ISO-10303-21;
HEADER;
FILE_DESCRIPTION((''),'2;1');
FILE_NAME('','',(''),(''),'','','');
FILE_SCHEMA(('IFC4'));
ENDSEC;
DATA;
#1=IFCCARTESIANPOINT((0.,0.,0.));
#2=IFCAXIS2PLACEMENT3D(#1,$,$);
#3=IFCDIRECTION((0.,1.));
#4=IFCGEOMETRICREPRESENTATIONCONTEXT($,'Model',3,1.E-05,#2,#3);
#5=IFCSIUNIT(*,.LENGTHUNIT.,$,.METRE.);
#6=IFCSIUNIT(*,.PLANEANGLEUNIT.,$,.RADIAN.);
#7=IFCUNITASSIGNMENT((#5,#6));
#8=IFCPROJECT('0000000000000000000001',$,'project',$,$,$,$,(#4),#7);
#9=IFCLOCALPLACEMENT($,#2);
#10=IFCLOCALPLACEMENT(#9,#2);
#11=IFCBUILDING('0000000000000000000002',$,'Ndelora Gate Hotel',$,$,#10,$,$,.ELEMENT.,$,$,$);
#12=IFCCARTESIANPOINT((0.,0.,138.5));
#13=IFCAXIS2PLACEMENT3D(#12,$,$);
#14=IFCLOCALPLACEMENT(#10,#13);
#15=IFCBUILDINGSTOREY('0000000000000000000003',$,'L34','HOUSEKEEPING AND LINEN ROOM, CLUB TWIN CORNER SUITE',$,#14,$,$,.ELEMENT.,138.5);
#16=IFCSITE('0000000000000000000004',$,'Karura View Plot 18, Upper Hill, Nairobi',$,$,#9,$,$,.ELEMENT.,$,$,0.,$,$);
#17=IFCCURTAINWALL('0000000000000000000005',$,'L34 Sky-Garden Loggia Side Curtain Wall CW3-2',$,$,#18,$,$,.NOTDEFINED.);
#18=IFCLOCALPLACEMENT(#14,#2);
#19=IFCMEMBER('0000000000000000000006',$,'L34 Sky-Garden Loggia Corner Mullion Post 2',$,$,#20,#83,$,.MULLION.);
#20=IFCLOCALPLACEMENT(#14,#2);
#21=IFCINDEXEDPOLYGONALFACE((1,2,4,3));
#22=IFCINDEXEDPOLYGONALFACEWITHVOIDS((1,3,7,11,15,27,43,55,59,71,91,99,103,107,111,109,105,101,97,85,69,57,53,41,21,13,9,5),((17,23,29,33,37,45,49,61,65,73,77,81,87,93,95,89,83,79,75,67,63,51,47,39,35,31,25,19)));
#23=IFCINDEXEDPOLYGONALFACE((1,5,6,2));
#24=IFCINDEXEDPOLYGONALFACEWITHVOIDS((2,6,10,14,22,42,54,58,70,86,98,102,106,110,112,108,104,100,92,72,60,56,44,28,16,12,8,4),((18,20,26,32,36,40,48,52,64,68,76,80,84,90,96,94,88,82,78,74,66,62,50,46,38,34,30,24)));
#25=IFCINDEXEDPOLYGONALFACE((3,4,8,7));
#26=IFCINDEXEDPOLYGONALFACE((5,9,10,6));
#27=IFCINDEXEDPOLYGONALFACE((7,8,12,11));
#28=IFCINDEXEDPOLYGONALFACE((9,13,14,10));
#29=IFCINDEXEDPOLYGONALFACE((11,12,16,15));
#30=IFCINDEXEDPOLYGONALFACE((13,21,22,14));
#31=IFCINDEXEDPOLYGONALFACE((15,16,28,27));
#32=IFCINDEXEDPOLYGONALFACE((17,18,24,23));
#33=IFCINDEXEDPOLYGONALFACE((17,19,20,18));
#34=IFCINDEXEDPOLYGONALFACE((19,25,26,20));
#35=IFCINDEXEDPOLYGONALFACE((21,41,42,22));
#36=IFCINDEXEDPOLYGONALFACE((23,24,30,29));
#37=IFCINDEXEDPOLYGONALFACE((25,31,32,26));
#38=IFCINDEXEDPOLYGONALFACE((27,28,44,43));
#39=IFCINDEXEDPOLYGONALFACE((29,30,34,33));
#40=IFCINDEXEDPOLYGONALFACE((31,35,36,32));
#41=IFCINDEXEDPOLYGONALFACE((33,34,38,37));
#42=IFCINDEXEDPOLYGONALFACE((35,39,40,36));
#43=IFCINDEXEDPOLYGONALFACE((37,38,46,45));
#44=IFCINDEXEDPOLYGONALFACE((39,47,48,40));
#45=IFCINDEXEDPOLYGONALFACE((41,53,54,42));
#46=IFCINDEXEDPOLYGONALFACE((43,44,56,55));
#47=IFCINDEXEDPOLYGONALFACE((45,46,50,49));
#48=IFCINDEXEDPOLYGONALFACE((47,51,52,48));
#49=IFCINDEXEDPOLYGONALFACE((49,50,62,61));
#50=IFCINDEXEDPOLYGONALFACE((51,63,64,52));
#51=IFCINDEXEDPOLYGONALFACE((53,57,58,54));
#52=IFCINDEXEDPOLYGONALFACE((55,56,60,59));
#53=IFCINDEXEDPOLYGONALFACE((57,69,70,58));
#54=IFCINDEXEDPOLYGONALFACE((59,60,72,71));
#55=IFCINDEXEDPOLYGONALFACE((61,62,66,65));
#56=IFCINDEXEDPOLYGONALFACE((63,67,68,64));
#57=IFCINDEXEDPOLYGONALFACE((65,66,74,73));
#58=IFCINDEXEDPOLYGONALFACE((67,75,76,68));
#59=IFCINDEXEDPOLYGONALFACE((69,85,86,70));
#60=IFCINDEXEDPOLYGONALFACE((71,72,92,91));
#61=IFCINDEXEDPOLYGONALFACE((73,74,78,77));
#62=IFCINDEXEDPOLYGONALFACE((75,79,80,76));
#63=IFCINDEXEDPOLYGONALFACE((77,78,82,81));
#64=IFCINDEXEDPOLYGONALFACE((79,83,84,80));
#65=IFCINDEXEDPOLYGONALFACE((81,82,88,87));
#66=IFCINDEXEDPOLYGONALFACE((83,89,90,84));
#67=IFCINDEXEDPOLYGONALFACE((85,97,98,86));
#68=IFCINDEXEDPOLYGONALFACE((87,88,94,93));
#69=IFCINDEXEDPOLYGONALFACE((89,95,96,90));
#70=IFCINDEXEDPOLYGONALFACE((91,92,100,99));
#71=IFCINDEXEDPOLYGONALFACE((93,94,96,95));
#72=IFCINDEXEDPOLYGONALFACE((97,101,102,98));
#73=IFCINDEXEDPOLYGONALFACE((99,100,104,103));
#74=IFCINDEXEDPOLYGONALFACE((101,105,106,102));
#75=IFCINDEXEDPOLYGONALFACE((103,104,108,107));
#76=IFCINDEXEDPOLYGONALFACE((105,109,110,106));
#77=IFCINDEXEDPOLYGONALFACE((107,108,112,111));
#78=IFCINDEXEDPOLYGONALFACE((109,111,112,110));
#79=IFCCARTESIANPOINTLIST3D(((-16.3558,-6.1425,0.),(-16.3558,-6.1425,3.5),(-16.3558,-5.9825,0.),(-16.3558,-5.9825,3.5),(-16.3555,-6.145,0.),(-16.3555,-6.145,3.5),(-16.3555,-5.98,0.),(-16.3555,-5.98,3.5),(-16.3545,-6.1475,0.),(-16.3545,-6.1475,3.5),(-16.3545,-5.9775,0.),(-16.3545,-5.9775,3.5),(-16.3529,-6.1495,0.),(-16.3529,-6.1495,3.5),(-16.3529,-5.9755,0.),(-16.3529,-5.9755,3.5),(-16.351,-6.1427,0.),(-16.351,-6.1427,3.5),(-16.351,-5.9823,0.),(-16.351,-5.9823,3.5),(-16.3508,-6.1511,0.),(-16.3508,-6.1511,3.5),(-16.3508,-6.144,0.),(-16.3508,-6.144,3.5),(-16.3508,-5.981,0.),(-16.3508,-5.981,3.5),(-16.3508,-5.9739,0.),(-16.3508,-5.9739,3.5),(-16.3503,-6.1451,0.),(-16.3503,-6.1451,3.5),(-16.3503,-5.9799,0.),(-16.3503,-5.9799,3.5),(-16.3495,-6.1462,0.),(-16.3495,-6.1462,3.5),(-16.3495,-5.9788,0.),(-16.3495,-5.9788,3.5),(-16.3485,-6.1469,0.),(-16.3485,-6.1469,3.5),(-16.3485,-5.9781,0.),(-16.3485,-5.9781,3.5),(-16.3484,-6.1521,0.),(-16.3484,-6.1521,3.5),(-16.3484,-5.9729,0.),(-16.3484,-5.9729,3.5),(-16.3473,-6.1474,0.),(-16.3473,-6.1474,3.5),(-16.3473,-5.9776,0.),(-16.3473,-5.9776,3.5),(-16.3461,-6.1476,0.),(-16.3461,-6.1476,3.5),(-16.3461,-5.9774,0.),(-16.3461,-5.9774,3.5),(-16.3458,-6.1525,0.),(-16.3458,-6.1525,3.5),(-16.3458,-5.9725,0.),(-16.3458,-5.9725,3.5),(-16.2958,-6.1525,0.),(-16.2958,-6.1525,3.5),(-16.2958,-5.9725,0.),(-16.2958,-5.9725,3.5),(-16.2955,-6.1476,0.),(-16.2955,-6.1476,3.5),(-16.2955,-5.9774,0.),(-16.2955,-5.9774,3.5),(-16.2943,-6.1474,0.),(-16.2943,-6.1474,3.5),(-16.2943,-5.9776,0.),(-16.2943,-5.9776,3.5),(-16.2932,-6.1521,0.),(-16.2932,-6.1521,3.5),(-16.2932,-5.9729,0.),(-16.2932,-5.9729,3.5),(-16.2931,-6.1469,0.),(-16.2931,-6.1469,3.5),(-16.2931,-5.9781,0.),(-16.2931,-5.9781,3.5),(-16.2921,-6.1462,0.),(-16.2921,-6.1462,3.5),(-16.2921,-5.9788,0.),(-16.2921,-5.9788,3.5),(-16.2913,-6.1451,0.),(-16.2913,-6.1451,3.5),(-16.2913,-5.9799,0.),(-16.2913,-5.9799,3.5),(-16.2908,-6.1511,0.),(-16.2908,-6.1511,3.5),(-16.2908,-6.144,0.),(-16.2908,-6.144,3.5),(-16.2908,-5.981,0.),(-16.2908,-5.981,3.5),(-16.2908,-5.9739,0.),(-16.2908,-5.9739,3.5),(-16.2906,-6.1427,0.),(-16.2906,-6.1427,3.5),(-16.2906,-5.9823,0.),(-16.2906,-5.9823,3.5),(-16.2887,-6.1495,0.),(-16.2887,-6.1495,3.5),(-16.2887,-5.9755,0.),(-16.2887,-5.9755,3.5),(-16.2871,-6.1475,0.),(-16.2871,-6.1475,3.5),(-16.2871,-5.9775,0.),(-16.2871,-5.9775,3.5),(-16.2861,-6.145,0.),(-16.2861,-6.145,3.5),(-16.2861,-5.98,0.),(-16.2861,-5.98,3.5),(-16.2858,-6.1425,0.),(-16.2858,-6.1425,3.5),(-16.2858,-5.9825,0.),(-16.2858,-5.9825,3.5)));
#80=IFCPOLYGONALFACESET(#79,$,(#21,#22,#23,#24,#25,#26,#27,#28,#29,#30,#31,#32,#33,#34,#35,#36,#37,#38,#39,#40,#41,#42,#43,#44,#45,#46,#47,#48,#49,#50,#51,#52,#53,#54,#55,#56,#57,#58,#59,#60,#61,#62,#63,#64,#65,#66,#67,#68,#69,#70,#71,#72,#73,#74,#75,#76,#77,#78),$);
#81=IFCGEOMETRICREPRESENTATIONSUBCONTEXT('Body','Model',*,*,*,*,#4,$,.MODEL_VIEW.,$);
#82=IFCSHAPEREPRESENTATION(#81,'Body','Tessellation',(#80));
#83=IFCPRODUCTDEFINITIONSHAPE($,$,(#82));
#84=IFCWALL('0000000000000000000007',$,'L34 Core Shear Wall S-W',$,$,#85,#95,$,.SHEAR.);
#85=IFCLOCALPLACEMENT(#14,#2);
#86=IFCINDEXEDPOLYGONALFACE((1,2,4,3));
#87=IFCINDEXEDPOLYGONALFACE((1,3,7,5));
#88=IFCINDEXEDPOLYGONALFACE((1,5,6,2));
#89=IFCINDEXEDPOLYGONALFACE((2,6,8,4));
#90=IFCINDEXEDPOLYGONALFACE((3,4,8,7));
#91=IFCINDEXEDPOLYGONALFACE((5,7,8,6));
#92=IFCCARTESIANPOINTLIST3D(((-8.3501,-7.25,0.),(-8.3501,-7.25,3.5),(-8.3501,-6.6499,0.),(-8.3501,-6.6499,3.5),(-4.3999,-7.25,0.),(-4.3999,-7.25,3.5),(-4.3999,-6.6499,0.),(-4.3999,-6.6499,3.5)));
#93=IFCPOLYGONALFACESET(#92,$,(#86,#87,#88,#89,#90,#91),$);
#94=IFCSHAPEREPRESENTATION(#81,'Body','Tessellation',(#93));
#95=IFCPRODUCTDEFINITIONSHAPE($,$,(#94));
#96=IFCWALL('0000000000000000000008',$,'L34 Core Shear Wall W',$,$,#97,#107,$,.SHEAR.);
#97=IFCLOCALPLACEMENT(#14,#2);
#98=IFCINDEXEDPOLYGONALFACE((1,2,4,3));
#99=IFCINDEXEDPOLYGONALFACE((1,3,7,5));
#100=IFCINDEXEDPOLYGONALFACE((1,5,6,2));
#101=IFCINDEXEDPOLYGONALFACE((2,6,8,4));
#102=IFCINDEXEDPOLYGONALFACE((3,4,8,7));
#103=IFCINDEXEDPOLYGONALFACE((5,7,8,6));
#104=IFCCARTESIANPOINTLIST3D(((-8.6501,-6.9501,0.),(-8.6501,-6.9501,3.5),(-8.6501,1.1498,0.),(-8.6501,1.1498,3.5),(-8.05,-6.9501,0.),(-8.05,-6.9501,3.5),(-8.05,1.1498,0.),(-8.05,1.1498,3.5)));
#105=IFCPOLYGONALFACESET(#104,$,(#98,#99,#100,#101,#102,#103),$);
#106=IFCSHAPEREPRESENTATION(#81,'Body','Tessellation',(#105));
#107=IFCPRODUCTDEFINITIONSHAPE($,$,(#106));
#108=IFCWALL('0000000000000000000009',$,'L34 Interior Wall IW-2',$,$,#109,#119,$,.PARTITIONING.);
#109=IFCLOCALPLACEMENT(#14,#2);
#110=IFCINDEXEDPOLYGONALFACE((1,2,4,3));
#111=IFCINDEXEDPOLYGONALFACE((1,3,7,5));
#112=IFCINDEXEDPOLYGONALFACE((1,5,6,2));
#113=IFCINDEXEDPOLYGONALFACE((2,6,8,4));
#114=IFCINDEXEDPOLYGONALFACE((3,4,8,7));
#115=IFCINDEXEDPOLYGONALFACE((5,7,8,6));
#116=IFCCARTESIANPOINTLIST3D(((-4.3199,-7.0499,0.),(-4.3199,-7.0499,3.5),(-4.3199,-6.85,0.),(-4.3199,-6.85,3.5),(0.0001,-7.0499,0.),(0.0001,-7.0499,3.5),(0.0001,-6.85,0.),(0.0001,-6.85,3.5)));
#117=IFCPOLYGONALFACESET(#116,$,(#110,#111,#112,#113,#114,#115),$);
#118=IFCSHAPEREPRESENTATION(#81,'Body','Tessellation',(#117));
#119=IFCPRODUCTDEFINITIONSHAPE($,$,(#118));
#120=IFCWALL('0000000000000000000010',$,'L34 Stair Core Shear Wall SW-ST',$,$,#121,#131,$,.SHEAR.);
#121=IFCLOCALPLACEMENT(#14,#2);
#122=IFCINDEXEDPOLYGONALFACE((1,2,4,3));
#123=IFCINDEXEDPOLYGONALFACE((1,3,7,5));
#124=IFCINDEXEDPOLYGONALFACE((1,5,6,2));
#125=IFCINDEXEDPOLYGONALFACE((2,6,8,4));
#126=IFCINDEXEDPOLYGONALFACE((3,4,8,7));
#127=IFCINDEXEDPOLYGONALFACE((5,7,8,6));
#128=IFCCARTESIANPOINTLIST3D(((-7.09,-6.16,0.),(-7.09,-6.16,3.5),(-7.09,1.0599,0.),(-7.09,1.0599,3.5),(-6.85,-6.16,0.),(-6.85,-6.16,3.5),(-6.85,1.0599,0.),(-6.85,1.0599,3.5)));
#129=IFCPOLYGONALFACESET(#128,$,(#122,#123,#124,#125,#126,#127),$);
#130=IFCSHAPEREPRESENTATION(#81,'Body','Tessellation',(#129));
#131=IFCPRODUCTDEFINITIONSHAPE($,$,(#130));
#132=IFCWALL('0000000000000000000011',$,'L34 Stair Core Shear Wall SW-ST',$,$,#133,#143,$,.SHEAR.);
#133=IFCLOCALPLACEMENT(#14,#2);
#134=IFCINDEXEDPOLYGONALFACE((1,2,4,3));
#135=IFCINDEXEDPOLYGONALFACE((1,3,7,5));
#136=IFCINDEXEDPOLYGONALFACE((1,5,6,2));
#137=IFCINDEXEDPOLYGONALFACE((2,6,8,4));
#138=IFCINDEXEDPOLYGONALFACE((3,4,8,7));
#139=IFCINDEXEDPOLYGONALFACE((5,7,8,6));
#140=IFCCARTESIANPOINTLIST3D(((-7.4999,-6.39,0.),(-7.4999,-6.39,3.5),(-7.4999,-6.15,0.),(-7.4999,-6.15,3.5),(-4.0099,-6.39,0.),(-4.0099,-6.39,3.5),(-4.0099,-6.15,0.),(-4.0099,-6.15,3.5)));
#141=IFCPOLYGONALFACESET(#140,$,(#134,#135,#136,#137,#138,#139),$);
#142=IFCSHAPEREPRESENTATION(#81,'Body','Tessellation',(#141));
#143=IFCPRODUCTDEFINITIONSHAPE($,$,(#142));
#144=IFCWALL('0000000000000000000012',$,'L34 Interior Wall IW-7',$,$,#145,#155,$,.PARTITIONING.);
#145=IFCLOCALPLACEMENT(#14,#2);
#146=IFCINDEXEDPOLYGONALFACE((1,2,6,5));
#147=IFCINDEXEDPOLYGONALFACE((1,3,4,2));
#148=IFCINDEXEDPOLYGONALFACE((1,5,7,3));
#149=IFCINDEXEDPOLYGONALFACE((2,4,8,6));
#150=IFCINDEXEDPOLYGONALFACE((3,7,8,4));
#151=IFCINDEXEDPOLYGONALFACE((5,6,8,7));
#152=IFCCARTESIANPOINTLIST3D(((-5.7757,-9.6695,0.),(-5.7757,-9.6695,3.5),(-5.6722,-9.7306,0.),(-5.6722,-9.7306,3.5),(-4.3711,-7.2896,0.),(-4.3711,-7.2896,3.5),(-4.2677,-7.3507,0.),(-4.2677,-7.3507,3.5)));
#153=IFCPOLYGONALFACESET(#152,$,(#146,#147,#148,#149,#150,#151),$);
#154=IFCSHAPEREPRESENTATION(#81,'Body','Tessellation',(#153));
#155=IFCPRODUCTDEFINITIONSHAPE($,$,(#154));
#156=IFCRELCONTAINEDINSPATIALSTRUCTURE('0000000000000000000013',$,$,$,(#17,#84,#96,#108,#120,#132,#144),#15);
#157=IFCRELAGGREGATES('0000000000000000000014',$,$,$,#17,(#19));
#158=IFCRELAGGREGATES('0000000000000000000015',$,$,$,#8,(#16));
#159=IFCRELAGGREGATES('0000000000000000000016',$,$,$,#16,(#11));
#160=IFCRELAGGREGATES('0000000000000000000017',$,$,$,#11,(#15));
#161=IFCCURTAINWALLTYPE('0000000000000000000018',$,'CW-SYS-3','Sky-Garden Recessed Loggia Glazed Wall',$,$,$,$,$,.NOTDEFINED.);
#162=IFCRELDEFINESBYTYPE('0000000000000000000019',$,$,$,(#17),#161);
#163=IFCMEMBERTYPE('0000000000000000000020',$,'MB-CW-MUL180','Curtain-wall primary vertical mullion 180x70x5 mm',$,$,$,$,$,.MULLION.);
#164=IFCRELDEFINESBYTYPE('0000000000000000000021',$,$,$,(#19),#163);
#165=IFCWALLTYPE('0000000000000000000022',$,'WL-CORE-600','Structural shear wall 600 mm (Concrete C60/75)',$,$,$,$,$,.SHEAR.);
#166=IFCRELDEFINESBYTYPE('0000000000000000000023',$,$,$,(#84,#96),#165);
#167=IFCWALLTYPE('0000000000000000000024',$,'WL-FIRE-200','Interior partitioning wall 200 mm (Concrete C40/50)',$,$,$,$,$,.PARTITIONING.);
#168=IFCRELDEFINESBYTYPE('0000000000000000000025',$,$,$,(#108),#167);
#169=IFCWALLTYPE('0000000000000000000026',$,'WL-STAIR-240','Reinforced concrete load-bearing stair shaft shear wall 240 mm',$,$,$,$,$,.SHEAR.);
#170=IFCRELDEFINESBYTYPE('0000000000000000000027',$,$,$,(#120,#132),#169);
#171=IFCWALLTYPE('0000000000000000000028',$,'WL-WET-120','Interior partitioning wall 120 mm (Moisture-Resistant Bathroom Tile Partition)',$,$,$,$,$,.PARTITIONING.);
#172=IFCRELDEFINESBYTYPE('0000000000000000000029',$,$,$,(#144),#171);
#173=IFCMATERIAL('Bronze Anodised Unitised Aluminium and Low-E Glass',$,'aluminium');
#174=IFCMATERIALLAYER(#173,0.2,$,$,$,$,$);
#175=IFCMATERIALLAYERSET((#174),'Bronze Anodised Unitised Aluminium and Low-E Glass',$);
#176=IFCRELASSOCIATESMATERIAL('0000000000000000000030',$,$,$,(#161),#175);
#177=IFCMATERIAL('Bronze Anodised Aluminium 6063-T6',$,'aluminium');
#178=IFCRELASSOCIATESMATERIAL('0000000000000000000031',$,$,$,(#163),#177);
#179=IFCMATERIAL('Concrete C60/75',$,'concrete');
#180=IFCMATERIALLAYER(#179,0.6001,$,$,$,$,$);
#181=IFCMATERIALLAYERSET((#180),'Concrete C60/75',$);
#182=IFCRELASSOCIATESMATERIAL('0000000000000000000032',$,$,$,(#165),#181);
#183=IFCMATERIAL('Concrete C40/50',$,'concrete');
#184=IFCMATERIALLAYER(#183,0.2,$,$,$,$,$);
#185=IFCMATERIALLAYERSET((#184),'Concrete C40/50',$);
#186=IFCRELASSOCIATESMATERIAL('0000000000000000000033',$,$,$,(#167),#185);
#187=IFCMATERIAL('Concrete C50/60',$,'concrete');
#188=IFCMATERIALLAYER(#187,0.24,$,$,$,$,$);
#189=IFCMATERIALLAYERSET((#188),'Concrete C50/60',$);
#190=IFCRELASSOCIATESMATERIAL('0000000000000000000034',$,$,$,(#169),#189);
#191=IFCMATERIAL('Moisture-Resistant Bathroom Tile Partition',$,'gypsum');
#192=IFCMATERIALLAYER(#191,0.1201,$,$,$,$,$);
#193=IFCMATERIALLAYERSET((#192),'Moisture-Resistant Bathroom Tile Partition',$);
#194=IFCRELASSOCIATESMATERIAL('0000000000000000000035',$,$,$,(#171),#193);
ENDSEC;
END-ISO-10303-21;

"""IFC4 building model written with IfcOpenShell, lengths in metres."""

from ifc_helpers import new_model, si_unit, direction, frame, frame_2d, origin, origin_2d, place, context, subcontext, project, spatial, rectangle, hollow_rectangle, extrude, material, layer, layer_set, material_profile, profile_set, type_object, element, aggregate, save


model = new_model("IFC4")

# Units and contexts
model_context = context("Model", 3, precision=1e-05, world=origin(), true_north=direction((0.0, 1.0)))
body_context = subcontext(model_context, "Body", "Model", "MODEL_VIEW")
ifc_project = project(units=[si_unit("LENGTHUNIT", "METRE"), si_unit("PLANEANGLEUNIT", "RADIAN")], contexts=[model_context])

# Site, building, storey
site_placement = place(None, origin())
site = spatial("IfcSite", under=ifc_project, at=site_placement, Name="Karura View Plot 18, Upper Hill, Nairobi", CompositionType="ELEMENT", RefElevation=0.0)
building_placement = place(site_placement, origin())
building = spatial("IfcBuilding", under=site, at=building_placement, Name="Ndelora Gate Hotel", CompositionType="ELEMENT")
storey_placement = place(building_placement, frame((0.0, 0.0, 138.5)))
storey = spatial("IfcBuildingStorey", under=building, at=storey_placement, Name="L34", Description="HOUSEKEEPING AND LINEN ROOM, CLUB TWIN CORNER SUITE", CompositionType="ELEMENT", Elevation=138.5)

# Shared definitions
ifc_material_1 = material(Name="Concrete C60/75", Category="concrete")

# Curtain wall, member
ifc_material_2 = material(Name="Bronze Anodised Unitised Aluminium and Low-E Glass", Category="aluminium")
ifc_layer_1 = layer(ifc_material_2, 0.2)
ifc_layer_set_1 = layer_set([ifc_layer_1], Name="Bronze Anodised Unitised Aluminium and Low-E Glass")
curtain_wall_type = type_object("IfcCurtainWallType", Name="CW-SYS-3", Description="Sky-Garden Recessed Loggia Glazed Wall", PredefinedType="NOTDEFINED", material=ifc_layer_set_1)
curtain_wall_placement = place(storey_placement, origin())
curtain_wall = element("IfcCurtainWall", 1, at=curtain_wall_placement, inside=storey, type_object=curtain_wall_type, Name="L34 Sky-Garden Loggia Side Curtain Wall CW3-2", PredefinedType="NOTDEFINED")
ifc_material_3 = material(Name="Bronze Anodised Aluminium 6063-T6", Category="aluminium")
ifc_material_profile_1 = material_profile(ifc_material_3, hollow_rectangle(XDim=0.0701, YDim=0.1799, WallThickness=0.0049, InnerFilletRadius=0.0049, OuterFilletRadius=0.01, at=origin_2d()), Name="ALU 180x70x5")
ifc_profile_set_1 = profile_set([ifc_material_profile_1], Name="Bronze Anodised Aluminium 6063-T6")
member_type_1 = type_object("IfcMemberType", Name="MB-CW-MUL180", Description="Curtain-wall primary vertical mullion 180x70x5 mm", PredefinedType="MULLION", material=ifc_profile_set_1)
member_1_placement = place(storey_placement, frame((-16.3208, -6.0625, 0.0), z_axis=(0.0, 0.0, 1.0), x_axis=(1.0, 0.0, 0.0)))
member_1 = element("IfcMember", 2, at=member_1_placement, type_object=member_type_1, Name="L34 Sky-Garden Loggia Corner Mullion Post 2", PredefinedType="MULLION", context=body_context, shape_type="SweptSolid", body=[
    extrude(hollow_rectangle(XDim=0.0701, YDim=0.1799, WallThickness=0.0049, InnerFilletRadius=0.0049, OuterFilletRadius=0.01, at=origin_2d()), origin(), (0.0, 0.0, 1.0), 3.5),
])
aggregate(curtain_wall, [member_1])

# Walls
ifc_layer_2 = layer(ifc_material_1, 0.6001)
ifc_layer_set_2 = layer_set([ifc_layer_2], Name="Concrete C60/75")
wall_type_1 = type_object("IfcWallType", Name="WL-CORE-600", Description="Structural shear wall 600 mm (Concrete C60/75)", PredefinedType="SHEAR", material=ifc_layer_set_2)
wall_1_placement = place(storey_placement, frame((-8.3501, -6.95, 0.0), z_axis=(0.0, 0.0, 1.0), x_axis=(1.0, 0.0, 0.0)))
element("IfcWall", 3, at=wall_1_placement, inside=storey, type_object=wall_type_1, Name="L34 Core Shear Wall S-W", PredefinedType="SHEAR", context=body_context, shape_type="SweptSolid", body=[
    extrude(rectangle(XDim=3.9502, YDim=0.6001, at=frame_2d((1.9751, 0.0))), origin(), (0.0, 0.0, 1.0), 3.5),
])
wall_2_placement = place(storey_placement, frame((-8.3501, -6.95, 0.0), z_axis=(0.0, 0.0, 1.0), x_axis=(0.0, 1.0, 0.0)))
element("IfcWall", 4, at=wall_2_placement, inside=storey, type_object=wall_type_1, Name="L34 Core Shear Wall W", PredefinedType="SHEAR", context=body_context, shape_type="SweptSolid", body=[
    extrude(rectangle(XDim=8.0999, YDim=0.6001, at=frame_2d((4.0498, 0.0))), origin(), (0.0, 0.0, 1.0), 3.5),
])
ifc_material_4 = material(Name="Concrete C40/50", Category="concrete")
ifc_layer_3 = layer(ifc_material_4, 0.2)
ifc_layer_set_3 = layer_set([ifc_layer_3], Name="Concrete C40/50")
wall_type_2 = type_object("IfcWallType", Name="WL-FIRE-200", Description="Interior partitioning wall 200 mm (Concrete C40/50)", PredefinedType="PARTITIONING", material=ifc_layer_set_3)
wall_3_placement = place(storey_placement, frame((-4.3201, -6.95, 0.0), z_axis=(0.0, 0.0, 1.0), x_axis=(1.0, 0.0, 0.0)))
element("IfcWall", 5, at=wall_3_placement, inside=storey, type_object=wall_type_2, Name="L34 Interior Wall IW-2", PredefinedType="PARTITIONING", context=body_context, shape_type="SweptSolid", body=[
    extrude(rectangle(XDim=4.3201, YDim=0.2, at=frame_2d((2.1602, 0.0))), origin(), (0.0, 0.0, 1.0), 3.5),
])
ifc_material_5 = material(Name="Concrete C50/60", Category="concrete")
ifc_layer_4 = layer(ifc_material_5, 0.24)
ifc_layer_set_4 = layer_set([ifc_layer_4], Name="Concrete C50/60")
wall_type_3 = type_object("IfcWallType", Name="WL-STAIR-240", Description="Reinforced concrete load-bearing stair shaft shear wall 240 mm", PredefinedType="SHEAR", material=ifc_layer_set_4)
wall_4_placement = place(storey_placement, frame((-6.97, -6.1599, 0.0), z_axis=(0.0, 0.0, 1.0), x_axis=(0.0, 1.0, 0.0)))
element("IfcWall", 6, at=wall_4_placement, inside=storey, type_object=wall_type_3, Name="L34 Stair Core Shear Wall SW-ST", PredefinedType="SHEAR", context=body_context, shape_type="SweptSolid", body=[
    extrude(rectangle(XDim=7.22, YDim=0.24, at=frame_2d((3.6099, 0.0))), origin(), (0.0, 0.0, 1.0), 3.5),
])
wall_5_placement = place(storey_placement, frame((-7.5, -6.27, 0.0), z_axis=(0.0, 0.0, 1.0), x_axis=(1.0, 0.0, 0.0)))
element("IfcWall", 7, at=wall_5_placement, inside=storey, type_object=wall_type_3, Name="L34 Stair Core Shear Wall SW-ST", PredefinedType="SHEAR", context=body_context, shape_type="SweptSolid", body=[
    extrude(rectangle(XDim=3.49, YDim=0.24, at=frame_2d((1.7451, 0.0))), origin(), (0.0, 0.0, 1.0), 3.5),
])
ifc_material_6 = material(Name="Moisture-Resistant Bathroom Tile Partition", Category="gypsum")
ifc_layer_5 = layer(ifc_material_6, 0.1201)
ifc_layer_set_5 = layer_set([ifc_layer_5], Name="Moisture-Resistant Bathroom Tile Partition")
wall_type_4 = type_object("IfcWallType", Name="WL-WET-120", Description="Interior partitioning wall 120 mm (Moisture-Resistant Bathroom Tile Partition)", PredefinedType="PARTITIONING", material=ifc_layer_set_5)
wall_6_placement = place(storey_placement, frame((-4.3193, -7.3201, 0.0), z_axis=(0.0, 0.0, 1.0), x_axis=(-0.508259, -0.861204, 0.0)))
element("IfcWall", 8, at=wall_6_placement, inside=storey, type_object=wall_type_4, Name="L34 Interior Wall IW-7", PredefinedType="PARTITIONING", context=body_context, shape_type="SweptSolid", body=[
    extrude(rectangle(XDim=2.7634, YDim=0.1201, at=frame_2d((1.3818, 0.0))), origin(), (0.0, 0.0, 1.0), 3.5),
])

save(model, "model.ifc")
